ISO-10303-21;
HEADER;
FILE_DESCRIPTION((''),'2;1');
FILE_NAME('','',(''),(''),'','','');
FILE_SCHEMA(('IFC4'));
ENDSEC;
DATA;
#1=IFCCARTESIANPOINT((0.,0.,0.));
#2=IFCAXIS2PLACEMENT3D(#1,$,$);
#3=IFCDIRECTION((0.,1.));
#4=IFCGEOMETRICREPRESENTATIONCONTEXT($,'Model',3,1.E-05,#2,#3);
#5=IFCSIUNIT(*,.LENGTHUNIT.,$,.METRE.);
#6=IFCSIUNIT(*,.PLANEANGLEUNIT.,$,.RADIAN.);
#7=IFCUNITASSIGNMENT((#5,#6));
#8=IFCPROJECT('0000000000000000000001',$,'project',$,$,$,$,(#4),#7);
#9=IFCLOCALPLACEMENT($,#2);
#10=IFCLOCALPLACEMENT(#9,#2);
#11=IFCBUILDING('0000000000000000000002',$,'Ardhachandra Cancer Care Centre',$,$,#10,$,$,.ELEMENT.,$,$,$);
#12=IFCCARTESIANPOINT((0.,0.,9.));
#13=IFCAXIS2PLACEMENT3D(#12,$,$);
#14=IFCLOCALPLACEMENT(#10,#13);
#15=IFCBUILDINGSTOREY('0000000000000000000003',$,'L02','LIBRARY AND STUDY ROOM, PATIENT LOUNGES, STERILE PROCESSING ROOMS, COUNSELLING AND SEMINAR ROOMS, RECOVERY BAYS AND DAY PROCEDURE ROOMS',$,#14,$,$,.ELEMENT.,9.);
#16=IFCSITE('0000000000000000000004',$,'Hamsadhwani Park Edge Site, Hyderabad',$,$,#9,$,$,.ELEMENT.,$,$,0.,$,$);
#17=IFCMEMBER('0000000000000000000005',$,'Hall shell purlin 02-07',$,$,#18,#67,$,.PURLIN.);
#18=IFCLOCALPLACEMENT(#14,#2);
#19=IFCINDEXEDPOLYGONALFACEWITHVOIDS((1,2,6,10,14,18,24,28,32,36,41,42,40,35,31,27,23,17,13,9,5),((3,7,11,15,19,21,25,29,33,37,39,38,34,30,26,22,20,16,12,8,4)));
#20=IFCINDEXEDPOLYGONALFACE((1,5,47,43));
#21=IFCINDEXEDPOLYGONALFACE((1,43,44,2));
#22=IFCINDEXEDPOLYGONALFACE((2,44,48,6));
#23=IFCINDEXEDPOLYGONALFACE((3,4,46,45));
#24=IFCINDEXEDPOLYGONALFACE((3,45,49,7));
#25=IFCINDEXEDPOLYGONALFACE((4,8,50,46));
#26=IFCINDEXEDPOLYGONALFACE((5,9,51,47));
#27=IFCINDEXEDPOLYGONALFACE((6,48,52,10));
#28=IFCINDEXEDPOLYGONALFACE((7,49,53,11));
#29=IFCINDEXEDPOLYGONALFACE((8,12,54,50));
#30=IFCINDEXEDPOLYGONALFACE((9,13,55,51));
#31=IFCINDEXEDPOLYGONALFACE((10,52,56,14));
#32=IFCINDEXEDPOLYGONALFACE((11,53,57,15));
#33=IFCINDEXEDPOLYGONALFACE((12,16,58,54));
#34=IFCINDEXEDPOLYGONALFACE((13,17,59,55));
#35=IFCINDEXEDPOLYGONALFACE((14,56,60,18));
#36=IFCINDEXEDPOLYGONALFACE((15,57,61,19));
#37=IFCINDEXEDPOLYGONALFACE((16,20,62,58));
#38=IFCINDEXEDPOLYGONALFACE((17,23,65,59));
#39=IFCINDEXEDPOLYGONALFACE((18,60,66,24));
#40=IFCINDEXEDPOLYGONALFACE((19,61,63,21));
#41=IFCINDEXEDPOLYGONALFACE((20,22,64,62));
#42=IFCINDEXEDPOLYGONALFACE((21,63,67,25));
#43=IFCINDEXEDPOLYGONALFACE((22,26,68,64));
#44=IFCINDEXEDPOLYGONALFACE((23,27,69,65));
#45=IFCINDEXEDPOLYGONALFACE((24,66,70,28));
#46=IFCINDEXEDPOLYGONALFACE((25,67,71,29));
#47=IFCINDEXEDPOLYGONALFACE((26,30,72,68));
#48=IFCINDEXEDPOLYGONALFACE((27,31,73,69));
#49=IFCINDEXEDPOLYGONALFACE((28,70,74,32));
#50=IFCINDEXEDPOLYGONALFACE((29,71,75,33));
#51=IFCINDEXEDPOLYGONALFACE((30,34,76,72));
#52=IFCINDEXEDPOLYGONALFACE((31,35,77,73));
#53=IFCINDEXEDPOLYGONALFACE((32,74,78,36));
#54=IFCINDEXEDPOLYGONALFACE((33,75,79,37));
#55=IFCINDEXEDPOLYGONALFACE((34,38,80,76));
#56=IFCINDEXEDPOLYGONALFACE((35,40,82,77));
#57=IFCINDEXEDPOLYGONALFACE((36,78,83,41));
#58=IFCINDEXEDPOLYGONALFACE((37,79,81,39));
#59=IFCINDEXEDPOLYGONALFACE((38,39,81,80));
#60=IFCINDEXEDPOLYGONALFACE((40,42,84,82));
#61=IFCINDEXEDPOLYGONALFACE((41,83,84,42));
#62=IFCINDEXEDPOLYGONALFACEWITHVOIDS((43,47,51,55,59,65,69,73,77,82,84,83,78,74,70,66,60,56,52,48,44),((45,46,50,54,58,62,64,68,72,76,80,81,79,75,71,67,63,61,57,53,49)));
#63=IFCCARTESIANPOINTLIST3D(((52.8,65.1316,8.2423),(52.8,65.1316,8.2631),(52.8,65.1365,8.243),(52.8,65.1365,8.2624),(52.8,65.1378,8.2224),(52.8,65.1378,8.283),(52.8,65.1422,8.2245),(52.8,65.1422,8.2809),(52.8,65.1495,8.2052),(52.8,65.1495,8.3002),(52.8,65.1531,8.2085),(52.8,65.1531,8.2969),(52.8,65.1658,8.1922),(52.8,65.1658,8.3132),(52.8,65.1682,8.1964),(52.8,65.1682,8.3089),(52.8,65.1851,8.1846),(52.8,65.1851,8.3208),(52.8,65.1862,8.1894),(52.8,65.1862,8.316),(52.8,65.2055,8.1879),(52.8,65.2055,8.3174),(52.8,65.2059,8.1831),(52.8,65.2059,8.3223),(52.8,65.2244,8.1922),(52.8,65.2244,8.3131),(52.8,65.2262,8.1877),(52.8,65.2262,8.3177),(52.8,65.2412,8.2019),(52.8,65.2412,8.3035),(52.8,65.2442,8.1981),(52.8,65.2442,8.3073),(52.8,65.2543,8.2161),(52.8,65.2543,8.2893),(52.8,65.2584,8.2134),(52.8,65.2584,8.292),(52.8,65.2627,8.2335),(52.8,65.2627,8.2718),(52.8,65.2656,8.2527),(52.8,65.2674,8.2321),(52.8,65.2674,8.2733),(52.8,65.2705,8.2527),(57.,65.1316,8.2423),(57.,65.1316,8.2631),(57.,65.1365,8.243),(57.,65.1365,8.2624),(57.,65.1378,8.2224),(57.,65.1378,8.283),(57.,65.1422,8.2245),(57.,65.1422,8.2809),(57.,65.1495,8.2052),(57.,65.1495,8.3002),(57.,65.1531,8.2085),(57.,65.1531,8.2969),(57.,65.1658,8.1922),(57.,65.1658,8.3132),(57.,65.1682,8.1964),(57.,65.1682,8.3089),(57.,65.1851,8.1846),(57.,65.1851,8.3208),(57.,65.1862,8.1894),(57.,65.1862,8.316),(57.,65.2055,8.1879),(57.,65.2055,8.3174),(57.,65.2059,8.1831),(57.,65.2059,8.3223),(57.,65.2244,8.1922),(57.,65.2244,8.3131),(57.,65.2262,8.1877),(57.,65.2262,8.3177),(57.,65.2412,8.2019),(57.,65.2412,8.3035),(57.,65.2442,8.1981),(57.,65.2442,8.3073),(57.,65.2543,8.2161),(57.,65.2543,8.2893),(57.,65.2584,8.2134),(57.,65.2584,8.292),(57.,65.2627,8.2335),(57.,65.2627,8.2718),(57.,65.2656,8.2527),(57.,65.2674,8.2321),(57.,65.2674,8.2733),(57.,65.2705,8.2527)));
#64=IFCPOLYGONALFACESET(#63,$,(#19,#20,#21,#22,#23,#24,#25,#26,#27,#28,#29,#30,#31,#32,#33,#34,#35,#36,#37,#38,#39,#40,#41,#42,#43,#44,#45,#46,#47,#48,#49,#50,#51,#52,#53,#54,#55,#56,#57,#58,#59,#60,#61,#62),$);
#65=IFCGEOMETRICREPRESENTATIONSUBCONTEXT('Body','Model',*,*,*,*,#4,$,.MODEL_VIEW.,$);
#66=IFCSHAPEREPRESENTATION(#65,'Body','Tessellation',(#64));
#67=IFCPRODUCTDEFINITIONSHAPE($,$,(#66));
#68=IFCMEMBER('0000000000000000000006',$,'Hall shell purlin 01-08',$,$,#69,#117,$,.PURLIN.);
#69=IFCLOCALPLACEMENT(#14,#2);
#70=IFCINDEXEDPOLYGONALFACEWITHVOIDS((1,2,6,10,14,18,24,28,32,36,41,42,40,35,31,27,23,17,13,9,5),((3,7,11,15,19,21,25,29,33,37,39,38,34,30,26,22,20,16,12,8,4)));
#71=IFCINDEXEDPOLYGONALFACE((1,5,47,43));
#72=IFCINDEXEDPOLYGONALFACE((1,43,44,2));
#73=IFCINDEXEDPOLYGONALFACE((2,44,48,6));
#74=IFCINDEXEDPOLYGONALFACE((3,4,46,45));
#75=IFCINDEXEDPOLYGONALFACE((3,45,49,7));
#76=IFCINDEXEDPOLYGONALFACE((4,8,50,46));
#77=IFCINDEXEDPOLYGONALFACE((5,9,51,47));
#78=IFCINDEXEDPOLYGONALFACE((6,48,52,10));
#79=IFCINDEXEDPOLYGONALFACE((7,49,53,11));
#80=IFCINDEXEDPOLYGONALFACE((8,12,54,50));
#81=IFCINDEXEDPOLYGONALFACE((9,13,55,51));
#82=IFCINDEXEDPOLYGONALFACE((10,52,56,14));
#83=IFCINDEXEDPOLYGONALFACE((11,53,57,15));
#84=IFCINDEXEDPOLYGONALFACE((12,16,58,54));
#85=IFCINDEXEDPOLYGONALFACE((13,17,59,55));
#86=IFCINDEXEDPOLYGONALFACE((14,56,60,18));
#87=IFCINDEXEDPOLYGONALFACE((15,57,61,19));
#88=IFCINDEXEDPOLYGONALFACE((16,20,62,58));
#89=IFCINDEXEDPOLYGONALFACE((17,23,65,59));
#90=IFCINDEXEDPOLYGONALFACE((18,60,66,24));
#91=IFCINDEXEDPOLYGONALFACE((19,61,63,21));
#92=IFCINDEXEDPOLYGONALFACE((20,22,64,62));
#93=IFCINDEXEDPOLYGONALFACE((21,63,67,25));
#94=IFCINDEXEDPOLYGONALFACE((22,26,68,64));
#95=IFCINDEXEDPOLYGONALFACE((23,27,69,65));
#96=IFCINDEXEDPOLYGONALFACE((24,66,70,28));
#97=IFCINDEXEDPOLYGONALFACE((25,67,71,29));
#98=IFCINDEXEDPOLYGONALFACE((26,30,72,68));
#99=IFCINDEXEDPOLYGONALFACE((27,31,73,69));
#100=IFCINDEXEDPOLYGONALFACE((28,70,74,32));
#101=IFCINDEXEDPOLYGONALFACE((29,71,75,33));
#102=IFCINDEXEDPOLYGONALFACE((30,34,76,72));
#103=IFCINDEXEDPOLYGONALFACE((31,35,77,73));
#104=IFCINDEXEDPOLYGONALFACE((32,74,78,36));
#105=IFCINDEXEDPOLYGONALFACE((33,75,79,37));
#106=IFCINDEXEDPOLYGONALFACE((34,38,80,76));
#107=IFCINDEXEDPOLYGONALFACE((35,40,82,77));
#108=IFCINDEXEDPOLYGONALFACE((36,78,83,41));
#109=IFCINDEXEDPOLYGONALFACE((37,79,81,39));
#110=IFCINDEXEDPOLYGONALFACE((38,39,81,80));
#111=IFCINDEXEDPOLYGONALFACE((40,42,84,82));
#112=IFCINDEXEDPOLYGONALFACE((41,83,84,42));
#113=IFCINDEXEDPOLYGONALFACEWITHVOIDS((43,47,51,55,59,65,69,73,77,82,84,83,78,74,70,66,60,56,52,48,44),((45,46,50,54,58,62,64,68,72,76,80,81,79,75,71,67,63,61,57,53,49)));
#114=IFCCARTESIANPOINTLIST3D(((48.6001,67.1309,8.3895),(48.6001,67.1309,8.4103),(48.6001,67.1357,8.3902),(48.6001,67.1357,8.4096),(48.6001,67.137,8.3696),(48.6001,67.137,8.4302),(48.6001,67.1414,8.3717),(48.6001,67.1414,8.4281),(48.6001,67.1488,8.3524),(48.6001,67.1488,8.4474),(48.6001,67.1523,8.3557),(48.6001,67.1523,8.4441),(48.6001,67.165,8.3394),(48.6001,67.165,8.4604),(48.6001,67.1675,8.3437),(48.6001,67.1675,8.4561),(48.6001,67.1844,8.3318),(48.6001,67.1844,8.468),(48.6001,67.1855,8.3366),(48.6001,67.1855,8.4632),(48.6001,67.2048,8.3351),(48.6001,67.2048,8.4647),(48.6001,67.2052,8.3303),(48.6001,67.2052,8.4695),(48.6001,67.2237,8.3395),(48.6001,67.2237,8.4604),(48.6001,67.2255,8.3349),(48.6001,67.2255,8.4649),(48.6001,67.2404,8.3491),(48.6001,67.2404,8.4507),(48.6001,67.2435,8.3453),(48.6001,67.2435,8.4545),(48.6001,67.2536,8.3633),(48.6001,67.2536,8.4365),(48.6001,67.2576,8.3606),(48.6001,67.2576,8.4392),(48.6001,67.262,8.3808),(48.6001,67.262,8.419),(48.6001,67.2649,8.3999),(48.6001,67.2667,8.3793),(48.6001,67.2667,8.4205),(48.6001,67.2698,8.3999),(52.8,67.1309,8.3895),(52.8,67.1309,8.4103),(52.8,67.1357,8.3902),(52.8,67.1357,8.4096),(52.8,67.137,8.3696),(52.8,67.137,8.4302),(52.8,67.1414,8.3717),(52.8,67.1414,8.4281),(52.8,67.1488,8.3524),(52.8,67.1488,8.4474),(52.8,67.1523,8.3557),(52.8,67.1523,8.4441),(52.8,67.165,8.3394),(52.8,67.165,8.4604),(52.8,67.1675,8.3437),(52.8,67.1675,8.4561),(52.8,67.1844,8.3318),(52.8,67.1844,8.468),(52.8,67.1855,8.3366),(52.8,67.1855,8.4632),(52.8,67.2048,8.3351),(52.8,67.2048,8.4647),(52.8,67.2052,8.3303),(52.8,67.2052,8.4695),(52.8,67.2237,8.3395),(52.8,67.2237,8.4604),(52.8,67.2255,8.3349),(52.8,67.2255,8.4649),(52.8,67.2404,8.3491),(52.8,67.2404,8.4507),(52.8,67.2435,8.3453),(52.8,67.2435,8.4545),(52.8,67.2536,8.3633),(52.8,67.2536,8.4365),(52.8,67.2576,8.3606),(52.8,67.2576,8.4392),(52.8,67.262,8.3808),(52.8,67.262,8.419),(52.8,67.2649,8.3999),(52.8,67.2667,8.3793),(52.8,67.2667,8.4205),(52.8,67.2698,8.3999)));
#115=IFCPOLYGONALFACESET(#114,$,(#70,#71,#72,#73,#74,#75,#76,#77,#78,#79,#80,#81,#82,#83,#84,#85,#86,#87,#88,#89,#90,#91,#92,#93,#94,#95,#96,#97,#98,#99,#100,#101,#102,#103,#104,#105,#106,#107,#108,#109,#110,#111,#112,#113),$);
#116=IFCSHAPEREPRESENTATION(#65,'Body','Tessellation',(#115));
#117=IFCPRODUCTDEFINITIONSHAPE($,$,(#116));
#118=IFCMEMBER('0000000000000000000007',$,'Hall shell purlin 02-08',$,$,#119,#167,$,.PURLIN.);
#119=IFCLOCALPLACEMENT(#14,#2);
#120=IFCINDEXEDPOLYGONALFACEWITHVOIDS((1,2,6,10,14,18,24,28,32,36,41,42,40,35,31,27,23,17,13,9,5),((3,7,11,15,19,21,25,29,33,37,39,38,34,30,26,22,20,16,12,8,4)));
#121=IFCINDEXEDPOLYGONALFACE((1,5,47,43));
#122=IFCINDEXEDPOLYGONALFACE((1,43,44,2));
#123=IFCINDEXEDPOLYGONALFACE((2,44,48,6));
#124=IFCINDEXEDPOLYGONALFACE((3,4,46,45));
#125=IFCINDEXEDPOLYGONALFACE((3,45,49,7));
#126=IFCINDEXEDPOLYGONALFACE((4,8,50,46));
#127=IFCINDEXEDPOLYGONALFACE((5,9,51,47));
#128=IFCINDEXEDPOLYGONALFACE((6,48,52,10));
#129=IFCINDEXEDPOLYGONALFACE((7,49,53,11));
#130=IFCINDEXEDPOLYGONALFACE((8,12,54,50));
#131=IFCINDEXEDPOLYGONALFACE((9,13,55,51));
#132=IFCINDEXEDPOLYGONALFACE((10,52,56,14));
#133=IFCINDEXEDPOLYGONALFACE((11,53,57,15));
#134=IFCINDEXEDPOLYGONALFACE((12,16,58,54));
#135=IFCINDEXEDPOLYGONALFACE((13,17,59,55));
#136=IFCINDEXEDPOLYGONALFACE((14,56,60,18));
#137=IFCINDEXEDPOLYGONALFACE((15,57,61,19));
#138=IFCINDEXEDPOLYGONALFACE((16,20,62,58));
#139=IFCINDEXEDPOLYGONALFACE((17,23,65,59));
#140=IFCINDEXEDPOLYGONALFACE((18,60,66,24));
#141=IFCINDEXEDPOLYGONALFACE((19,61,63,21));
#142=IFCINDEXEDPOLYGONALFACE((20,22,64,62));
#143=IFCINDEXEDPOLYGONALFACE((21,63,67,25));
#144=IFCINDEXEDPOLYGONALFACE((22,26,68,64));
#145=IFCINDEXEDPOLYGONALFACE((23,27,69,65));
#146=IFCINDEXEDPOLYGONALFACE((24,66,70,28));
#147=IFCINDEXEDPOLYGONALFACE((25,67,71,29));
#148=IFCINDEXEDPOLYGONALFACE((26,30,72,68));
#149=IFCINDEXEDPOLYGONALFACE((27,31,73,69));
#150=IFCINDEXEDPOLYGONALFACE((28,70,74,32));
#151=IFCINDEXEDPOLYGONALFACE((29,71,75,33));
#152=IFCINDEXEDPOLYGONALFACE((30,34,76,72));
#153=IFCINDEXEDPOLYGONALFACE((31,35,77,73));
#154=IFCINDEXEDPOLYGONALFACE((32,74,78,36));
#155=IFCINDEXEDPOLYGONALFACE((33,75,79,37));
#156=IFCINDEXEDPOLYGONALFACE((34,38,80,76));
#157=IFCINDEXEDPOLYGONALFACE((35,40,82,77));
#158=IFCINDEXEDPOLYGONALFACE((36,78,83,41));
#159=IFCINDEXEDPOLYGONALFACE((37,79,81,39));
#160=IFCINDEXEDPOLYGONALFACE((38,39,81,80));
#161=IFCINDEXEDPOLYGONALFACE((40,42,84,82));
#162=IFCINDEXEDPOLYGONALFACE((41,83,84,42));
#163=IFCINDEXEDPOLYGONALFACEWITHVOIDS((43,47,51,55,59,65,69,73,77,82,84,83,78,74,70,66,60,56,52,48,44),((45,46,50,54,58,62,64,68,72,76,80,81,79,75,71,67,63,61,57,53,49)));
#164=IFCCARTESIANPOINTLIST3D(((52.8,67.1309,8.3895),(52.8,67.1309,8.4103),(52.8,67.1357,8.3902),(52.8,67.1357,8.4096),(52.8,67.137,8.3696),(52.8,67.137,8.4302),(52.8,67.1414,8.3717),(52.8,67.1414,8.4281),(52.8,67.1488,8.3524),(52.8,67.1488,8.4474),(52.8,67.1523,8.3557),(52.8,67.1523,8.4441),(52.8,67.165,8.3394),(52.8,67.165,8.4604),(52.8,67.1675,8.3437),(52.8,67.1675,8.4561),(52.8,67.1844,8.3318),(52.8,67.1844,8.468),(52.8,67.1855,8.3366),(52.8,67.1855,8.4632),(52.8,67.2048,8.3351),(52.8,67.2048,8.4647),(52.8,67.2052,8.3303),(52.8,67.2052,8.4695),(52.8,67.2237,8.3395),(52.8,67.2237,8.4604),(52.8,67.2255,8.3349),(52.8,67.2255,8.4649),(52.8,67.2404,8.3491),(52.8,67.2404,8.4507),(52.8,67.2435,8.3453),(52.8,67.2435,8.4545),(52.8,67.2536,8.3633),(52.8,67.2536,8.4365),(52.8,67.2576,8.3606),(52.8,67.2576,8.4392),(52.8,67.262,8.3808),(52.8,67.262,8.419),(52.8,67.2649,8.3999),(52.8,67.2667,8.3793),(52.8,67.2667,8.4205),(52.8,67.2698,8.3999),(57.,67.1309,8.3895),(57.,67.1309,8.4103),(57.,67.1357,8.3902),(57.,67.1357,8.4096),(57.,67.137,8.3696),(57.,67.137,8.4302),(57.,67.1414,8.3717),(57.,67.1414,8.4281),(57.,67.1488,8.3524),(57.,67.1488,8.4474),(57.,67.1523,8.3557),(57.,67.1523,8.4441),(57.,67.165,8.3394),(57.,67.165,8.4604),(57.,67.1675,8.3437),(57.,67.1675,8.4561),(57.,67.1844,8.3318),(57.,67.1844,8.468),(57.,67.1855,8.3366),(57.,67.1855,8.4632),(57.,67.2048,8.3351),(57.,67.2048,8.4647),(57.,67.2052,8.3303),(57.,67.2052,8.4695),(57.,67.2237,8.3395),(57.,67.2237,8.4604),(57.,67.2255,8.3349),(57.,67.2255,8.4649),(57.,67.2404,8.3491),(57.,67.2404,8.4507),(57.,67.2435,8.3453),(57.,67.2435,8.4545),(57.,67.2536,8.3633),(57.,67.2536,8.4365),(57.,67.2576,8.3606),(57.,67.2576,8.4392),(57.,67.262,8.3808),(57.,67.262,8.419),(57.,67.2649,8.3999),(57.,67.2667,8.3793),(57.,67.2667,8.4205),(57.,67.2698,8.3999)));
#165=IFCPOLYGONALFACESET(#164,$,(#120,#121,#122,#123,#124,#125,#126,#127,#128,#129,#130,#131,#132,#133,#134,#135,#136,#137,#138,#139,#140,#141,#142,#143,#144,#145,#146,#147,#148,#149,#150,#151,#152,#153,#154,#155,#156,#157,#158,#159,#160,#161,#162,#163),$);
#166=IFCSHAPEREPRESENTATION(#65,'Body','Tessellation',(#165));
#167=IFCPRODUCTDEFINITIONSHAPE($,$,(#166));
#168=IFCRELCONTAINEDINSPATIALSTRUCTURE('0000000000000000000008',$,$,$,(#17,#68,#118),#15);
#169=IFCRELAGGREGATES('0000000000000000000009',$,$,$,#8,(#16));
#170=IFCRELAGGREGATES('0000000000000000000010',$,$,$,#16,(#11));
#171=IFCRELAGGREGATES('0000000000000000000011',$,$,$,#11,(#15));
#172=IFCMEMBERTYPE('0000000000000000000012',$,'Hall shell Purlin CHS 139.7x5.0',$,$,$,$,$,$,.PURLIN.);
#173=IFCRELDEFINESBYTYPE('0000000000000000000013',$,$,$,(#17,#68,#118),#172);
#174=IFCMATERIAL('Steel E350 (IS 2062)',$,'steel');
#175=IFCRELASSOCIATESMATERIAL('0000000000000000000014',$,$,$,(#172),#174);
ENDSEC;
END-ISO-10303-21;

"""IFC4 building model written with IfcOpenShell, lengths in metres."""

from ifc_helpers import new_model, si_unit, direction, frame, origin, origin_2d, place, context, subcontext, project, spatial, hollow_circle, extrude, material, material_profile, profile_set, type_object, element, save


model = new_model("IFC4")

# Units and contexts
model_context = context("Model", 3, precision=1e-05, world=origin(), true_north=direction((0.0, 1.0)))
body_context = subcontext(model_context, "Body", "Model", "MODEL_VIEW")
ifc_project = project(units=[si_unit("LENGTHUNIT", "METRE"), si_unit("PLANEANGLEUNIT", "RADIAN")], contexts=[model_context])

# Site, building, storey
site_placement = place(None, origin())
site = spatial("IfcSite", under=ifc_project, at=site_placement, Name="Hamsadhwani Park Edge Site, Hyderabad", CompositionType="ELEMENT", RefElevation=0.0)
building_placement = place(site_placement, origin())
building = spatial("IfcBuilding", under=site, at=building_placement, Name="Ardhachandra Cancer Care Centre", CompositionType="ELEMENT")
storey_placement = place(building_placement, frame((0.0, 0.0, 9.0)))
storey = spatial("IfcBuildingStorey", under=building, at=storey_placement, Name="L02", Description="LIBRARY AND STUDY ROOM, PATIENT LOUNGES, STERILE PROCESSING ROOMS, COUNSELLING AND SEMINAR ROOMS, RECOVERY BAYS AND DAY PROCEDURE ROOMS", CompositionType="ELEMENT", Elevation=9.0)

# Members
ifc_material_1 = material(Name="Steel E350 (IS 2062)", Category="steel")
ifc_material_profile_1 = material_profile(ifc_material_1, hollow_circle(Radius=0.0698, WallThickness=0.0049, at=origin_2d()), Name="CHS 139.7x5.0")
ifc_profile_set_1 = profile_set([ifc_material_profile_1], Name="Steel E350 (IS 2062)")
member_type_1 = type_object("IfcMemberType", Name="Hall shell Purlin CHS 139.7x5.0", PredefinedType="PURLIN", material=ifc_profile_set_1)
for number, where, z_axis, x_axis, name in (
    (1, (52.8, 65.2007, 8.2527), (1.0, 0.0, 0.0), (0.0, 1.0, 0.0), "Hall shell purlin 02-07"),
    (2, (48.6001, 67.2, 8.3999), (1.0, 0.0, 0.0), (0.0, 1.0, 0.0), "Hall shell purlin 01-08"),
    (3, (52.8, 67.2, 8.3999), (1.0, 0.0, 0.0), (0.0, 1.0, 0.0), "Hall shell purlin 02-08"),
):
    element("IfcMember", number, at=place(storey_placement, frame(where, z_axis=z_axis, x_axis=x_axis)), inside=storey, type_object=member_type_1, Name=name, PredefinedType="PURLIN", context=body_context, shape_type="SweptSolid", body=[
        extrude(hollow_circle(Radius=0.0698, WallThickness=0.0049, at=origin_2d()), origin(), (0.0, 0.0, 1.0), 4.2),
    ])

save(model, "model.ifc")
